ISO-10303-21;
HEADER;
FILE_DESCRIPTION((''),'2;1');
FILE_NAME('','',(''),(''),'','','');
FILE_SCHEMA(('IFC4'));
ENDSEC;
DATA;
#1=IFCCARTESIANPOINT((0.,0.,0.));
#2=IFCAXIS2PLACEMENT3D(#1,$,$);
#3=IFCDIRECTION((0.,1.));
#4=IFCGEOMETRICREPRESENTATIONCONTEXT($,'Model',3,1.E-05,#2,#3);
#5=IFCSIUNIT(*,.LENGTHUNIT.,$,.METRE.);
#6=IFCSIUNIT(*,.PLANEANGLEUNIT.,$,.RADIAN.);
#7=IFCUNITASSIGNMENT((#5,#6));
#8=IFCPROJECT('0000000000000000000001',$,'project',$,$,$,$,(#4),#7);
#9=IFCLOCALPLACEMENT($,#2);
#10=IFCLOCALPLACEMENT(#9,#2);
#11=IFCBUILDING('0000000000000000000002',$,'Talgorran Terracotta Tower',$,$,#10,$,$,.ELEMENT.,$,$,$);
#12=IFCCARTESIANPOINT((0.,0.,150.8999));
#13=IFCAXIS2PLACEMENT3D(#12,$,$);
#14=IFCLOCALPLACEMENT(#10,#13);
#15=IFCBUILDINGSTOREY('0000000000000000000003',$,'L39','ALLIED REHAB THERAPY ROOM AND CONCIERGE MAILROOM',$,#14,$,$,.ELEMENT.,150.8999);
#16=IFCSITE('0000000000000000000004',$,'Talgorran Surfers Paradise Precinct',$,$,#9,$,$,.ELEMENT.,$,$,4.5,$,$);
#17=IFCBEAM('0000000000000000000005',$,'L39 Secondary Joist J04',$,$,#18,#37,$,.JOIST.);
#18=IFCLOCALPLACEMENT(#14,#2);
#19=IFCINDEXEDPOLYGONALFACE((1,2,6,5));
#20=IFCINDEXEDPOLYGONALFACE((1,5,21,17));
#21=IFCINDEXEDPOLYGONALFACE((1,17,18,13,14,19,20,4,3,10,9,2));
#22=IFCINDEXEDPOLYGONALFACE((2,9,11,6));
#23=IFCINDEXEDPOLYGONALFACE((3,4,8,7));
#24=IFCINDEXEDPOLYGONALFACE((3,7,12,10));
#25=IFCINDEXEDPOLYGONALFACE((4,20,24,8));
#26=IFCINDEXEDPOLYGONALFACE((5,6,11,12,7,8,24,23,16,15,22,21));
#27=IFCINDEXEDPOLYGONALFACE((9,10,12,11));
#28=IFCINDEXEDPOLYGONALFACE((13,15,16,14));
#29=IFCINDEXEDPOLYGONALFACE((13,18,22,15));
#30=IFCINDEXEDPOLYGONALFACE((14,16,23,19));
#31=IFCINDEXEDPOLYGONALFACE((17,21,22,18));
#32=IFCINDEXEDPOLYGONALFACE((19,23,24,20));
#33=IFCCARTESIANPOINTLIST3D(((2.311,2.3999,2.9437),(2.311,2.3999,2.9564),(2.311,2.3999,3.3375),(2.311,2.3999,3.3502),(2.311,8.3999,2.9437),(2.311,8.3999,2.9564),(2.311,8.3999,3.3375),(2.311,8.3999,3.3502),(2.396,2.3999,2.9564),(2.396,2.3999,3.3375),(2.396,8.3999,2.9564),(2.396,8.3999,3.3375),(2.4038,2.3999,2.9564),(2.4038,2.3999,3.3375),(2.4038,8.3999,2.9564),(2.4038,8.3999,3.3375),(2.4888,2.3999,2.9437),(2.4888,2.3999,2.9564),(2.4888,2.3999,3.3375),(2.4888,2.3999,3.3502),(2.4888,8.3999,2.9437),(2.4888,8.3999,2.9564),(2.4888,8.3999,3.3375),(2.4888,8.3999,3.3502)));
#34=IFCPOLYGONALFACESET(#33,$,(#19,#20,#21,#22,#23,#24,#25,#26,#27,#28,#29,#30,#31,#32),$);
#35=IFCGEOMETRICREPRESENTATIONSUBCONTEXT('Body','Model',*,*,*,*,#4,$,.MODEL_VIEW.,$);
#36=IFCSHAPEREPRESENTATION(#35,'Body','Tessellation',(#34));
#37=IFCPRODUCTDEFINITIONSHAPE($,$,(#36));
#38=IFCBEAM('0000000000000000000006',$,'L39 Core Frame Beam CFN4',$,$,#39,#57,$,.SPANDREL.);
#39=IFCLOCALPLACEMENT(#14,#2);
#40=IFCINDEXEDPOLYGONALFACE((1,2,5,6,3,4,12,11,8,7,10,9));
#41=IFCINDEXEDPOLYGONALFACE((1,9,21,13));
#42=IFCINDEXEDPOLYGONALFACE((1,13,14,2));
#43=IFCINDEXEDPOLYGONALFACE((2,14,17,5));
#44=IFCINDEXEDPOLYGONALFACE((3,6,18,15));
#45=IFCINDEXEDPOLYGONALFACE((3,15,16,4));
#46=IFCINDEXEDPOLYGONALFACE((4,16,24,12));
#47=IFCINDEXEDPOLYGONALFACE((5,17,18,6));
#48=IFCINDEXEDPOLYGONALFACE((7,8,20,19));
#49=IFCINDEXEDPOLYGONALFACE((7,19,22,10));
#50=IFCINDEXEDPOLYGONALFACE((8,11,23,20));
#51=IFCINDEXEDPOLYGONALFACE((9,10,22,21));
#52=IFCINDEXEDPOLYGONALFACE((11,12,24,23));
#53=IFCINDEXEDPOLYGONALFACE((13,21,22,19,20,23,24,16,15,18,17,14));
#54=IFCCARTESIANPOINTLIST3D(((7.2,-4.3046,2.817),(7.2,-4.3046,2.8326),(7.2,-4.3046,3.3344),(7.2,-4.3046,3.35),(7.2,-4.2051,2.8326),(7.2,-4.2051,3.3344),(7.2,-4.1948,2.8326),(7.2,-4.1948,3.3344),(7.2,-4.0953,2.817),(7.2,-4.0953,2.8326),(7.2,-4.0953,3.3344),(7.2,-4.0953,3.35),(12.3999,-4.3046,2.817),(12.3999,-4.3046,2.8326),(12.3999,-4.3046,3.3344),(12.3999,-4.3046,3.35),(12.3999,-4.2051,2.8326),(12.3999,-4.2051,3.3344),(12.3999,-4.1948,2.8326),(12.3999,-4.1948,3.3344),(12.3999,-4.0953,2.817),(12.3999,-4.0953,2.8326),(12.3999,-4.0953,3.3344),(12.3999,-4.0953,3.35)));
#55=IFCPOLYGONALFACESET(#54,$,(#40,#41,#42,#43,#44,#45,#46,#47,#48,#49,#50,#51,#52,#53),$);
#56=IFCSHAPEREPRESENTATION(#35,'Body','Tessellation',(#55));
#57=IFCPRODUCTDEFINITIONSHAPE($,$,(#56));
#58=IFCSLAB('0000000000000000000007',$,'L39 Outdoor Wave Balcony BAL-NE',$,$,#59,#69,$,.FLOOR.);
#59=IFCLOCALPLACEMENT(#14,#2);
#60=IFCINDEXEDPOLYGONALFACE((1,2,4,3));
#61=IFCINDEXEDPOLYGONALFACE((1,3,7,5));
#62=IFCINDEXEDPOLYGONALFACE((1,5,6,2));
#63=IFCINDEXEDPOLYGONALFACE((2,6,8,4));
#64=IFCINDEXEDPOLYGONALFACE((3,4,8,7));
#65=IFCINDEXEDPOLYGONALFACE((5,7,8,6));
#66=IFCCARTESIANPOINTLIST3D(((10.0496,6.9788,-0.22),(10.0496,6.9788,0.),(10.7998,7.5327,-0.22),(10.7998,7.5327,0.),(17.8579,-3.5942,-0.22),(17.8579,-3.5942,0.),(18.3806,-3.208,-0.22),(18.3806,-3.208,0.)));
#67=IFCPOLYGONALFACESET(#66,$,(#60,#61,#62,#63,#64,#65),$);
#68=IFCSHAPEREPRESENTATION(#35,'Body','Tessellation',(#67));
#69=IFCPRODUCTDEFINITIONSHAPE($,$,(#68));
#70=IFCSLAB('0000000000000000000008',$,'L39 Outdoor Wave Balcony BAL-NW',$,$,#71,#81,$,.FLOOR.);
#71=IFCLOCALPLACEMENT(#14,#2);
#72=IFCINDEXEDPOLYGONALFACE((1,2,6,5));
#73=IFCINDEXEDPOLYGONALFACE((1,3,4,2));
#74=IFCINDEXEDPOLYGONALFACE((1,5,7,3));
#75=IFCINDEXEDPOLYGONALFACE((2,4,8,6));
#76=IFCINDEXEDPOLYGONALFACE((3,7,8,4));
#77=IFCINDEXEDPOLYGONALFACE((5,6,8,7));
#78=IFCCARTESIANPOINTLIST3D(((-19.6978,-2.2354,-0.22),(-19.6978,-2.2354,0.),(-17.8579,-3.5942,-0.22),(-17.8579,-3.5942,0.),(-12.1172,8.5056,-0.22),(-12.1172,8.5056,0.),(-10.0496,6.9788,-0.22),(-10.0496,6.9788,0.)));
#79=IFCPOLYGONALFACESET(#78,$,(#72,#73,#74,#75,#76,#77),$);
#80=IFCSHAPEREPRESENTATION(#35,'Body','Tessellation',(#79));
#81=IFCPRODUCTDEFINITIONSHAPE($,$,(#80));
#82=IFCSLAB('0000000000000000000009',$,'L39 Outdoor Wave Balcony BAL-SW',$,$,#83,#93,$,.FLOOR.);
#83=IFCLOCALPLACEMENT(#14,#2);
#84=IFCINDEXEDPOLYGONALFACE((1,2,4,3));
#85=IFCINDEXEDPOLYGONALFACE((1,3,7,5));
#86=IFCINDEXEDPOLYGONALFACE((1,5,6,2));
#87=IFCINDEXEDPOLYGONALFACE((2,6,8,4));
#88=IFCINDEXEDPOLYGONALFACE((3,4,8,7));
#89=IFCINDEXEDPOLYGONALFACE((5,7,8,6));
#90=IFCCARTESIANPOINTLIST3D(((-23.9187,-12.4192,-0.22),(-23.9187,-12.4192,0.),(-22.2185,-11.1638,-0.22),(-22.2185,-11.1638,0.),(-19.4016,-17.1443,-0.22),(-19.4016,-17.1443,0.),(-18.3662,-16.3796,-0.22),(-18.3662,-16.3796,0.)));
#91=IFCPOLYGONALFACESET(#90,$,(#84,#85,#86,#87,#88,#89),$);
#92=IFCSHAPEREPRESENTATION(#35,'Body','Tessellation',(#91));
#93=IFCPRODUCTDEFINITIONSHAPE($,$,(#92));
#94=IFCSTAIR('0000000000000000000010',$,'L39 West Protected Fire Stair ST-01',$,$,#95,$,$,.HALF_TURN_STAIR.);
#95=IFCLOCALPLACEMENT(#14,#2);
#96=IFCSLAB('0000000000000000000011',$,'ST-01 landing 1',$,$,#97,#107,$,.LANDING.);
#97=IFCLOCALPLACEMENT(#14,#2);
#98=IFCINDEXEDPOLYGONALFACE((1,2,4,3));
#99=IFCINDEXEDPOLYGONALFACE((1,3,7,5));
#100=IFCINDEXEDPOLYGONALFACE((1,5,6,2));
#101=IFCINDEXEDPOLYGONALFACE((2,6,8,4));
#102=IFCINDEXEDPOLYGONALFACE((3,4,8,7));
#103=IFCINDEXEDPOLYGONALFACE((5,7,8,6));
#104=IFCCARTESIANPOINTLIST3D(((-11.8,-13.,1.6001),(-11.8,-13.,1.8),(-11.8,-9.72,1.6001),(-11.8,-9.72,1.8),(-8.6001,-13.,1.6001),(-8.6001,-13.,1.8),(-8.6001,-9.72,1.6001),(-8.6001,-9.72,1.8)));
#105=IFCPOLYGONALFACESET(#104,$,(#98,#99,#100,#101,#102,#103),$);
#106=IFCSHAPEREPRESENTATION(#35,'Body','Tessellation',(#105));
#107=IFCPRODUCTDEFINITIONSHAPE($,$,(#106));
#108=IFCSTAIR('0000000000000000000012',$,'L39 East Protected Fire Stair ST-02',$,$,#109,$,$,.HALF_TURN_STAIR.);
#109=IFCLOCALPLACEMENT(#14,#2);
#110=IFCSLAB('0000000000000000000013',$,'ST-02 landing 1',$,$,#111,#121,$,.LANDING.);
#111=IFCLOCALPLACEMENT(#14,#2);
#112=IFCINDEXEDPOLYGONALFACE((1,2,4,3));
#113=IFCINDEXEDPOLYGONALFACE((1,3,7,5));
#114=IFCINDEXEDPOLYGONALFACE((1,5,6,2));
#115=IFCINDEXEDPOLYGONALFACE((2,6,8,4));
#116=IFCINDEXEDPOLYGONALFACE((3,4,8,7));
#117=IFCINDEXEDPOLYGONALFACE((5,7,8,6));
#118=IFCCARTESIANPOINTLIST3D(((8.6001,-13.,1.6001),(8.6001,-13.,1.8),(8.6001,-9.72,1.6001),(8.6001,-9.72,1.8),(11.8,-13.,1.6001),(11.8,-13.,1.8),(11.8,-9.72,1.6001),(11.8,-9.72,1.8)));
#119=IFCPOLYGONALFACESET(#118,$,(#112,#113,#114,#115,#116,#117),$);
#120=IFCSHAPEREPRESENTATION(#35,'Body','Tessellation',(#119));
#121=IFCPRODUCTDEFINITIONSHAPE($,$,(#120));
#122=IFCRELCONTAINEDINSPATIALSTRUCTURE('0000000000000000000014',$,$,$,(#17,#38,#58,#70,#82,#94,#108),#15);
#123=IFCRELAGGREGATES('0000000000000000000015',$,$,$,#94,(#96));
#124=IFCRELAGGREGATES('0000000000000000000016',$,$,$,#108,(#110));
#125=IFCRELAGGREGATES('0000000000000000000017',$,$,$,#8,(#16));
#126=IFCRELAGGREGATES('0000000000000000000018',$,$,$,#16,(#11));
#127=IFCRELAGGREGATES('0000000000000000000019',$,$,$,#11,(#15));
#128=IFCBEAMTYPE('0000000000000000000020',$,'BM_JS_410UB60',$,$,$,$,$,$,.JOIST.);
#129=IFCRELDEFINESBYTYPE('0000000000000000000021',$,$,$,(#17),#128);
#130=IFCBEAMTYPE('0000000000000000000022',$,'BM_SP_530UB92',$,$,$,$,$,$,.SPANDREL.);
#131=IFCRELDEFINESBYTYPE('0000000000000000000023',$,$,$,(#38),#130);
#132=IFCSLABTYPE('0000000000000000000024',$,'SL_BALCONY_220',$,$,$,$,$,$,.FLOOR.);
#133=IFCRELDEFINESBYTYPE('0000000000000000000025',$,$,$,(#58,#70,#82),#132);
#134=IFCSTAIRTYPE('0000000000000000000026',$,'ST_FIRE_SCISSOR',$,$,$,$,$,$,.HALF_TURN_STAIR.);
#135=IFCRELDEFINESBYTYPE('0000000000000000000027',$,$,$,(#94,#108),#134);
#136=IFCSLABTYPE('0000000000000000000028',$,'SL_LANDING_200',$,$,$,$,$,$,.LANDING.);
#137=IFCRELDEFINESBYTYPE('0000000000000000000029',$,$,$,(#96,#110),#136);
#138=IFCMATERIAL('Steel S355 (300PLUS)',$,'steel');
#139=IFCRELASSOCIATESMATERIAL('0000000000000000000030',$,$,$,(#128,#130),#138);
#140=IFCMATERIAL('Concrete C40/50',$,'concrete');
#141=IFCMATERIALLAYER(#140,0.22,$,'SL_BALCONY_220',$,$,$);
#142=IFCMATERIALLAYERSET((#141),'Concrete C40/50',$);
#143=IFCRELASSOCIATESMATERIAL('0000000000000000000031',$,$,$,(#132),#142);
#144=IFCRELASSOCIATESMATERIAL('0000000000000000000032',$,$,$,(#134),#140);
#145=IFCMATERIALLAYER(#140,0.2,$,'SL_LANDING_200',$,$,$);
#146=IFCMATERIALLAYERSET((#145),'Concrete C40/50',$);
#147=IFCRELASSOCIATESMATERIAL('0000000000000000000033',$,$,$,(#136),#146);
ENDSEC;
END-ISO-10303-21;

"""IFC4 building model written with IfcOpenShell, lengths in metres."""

from ifc_helpers import new_model, si_unit, direction, frame, origin, origin_2d, place, context, subcontext, project, spatial, polyline, i_section, outline, extrude, material, layer, layer_set, material_profile, profile_set, type_object, element, aggregate, save


model = new_model("IFC4")

# Units and contexts
model_context = context("Model", 3, precision=1e-05, world=origin(), true_north=direction((0.0, 1.0)))
body_context = subcontext(model_context, "Body", "Model", "MODEL_VIEW")
ifc_project = project(units=[si_unit("LENGTHUNIT", "METRE"), si_unit("PLANEANGLEUNIT", "RADIAN")], contexts=[model_context])

# Site, building, storey
site_placement = place(None, origin())
site = spatial("IfcSite", under=ifc_project, at=site_placement, Name="Talgorran Surfers Paradise Precinct", CompositionType="ELEMENT", RefElevation=4.5)
building_placement = place(site_placement, origin())
building = spatial("IfcBuilding", under=site, at=building_placement, Name="Talgorran Terracotta Tower", CompositionType="ELEMENT")
storey_placement = place(building_placement, frame((0.0, 0.0, 150.8999)))
storey = spatial("IfcBuildingStorey", under=building, at=storey_placement, Name="L39", Description="ALLIED REHAB THERAPY ROOM AND CONCIERGE MAILROOM", CompositionType="ELEMENT", Elevation=150.8999)

# Shared definitions
ifc_material_1 = material(Name="Steel S355 (300PLUS)", Category="steel")

# Beams
ifc_material_profile_1 = material_profile(ifc_material_1, i_section(OverallWidth=0.1777, OverallDepth=0.4065, WebThickness=0.0078, FlangeThickness=0.0127, at=origin_2d()), Name="410UB59.7")
ifc_profile_set_1 = profile_set([ifc_material_profile_1], Name="Steel S355 (300PLUS)")
beam_type_1 = type_object("IfcBeamType", Name="BM_JS_410UB60", PredefinedType="JOIST", material=ifc_profile_set_1)
beam_1_placement = place(storey_placement, frame((2.3999, 2.3999, 3.147), z_axis=(0.0, 1.0, 0.0), x_axis=(-1.0, 0.0, 0.0)))
element("IfcBeam", 1, at=beam_1_placement, inside=storey, type_object=beam_type_1, Name="L39 Secondary Joist J04", PredefinedType="JOIST", context=body_context, shape_type="SweptSolid", body=[
    extrude(i_section(OverallWidth=0.1777, OverallDepth=0.4065, WebThickness=0.0078, FlangeThickness=0.0127, at=origin_2d()), origin(), (0.0, 0.0, 1.0), 6.0),
])
ifc_material_profile_2 = material_profile(ifc_material_1, i_section(OverallWidth=0.2092, OverallDepth=0.533, WebThickness=0.0103, FlangeThickness=0.0156, at=origin_2d()), Name="530UB92.4")
ifc_profile_set_2 = profile_set([ifc_material_profile_2], Name="Steel S355 (300PLUS)")
beam_type_2 = type_object("IfcBeamType", Name="BM_SP_530UB92", PredefinedType="SPANDREL", material=ifc_profile_set_2)
beam_2_placement = place(storey_placement, frame((7.2, -4.2, 3.0835), z_axis=(1.0, 0.0, 0.0), x_axis=(0.0, 1.0, 0.0)))
element("IfcBeam", 2, at=beam_2_placement, inside=storey, type_object=beam_type_2, Name="L39 Core Frame Beam CFN4", PredefinedType="SPANDREL", context=body_context, shape_type="SweptSolid", body=[
    extrude(i_section(OverallWidth=0.2092, OverallDepth=0.533, WebThickness=0.0103, FlangeThickness=0.0156, at=origin_2d()), origin(), (0.0, 0.0, 1.0), 5.2),
])

# Slabs
ifc_material_2 = material(Name="Concrete C40/50", Category="concrete")
ifc_layer_1 = layer(ifc_material_2, 0.22, Name="SL_BALCONY_220")
ifc_layer_set_1 = layer_set([ifc_layer_1], Name="Concrete C40/50")
slab_type_1 = type_object("IfcSlabType", Name="SL_BALCONY_220", PredefinedType="FLOOR", material=ifc_layer_set_1)
slab_1_placement = place(storey_placement, frame((0.0, 0.0, -0.22)))
element("IfcSlab", 3, at=slab_1_placement, inside=storey, type_object=slab_type_1, Name="L39 Outdoor Wave Balcony BAL-NE", PredefinedType="FLOOR", context=body_context, shape_type="SweptSolid", body=[
    extrude(outline(polyline([(10.0496, 6.9788), (17.8579, -3.5942), (18.3806, -3.208), (10.7998, 7.5327), (10.0496, 6.9788)])), origin(), (0.0, 0.0, 1.0), 0.22),
])
slab_2_placement = place(storey_placement, frame((0.0, 0.0, -0.22)))
element("IfcSlab", 4, at=slab_2_placement, inside=storey, type_object=slab_type_1, Name="L39 Outdoor Wave Balcony BAL-NW", PredefinedType="FLOOR", context=body_context, shape_type="SweptSolid", body=[
    extrude(outline(polyline([(-17.8579, -3.5942), (-10.0496, 6.9788), (-12.1172, 8.5056), (-19.6978, -2.2354), (-17.8579, -3.5942)])), origin(), (0.0, 0.0, 1.0), 0.22),
])
slab_3_placement = place(storey_placement, frame((0.0, 0.0, -0.22)))
element("IfcSlab", 5, at=slab_3_placement, inside=storey, type_object=slab_type_1, Name="L39 Outdoor Wave Balcony BAL-SW", PredefinedType="FLOOR", context=body_context, shape_type="SweptSolid", body=[
    extrude(outline(polyline([(-18.3662, -16.3796), (-22.2185, -11.1638), (-23.9187, -12.4192), (-19.4016, -17.1443), (-18.3662, -16.3796)])), origin(), (0.0, 0.0, 1.0), 0.22),
])

# Stairs, slabs
stair_type = type_object("IfcStairType", Name="ST_FIRE_SCISSOR", PredefinedType="HALF_TURN_STAIR", material=ifc_material_2)
stair_1_placement = place(storey_placement, origin())
stair_1 = element("IfcStair", 6, at=stair_1_placement, inside=storey, type_object=stair_type, Name="L39 West Protected Fire Stair ST-01", PredefinedType="HALF_TURN_STAIR")
ifc_layer_2 = layer(ifc_material_2, 0.2, Name="SL_LANDING_200")
ifc_layer_set_2 = layer_set([ifc_layer_2], Name="Concrete C40/50")
slab_type_2 = type_object("IfcSlabType", Name="SL_LANDING_200", PredefinedType="LANDING", material=ifc_layer_set_2)
slab_4_placement = place(storey_placement, frame((0.0, 0.0, 1.6001)))
slab_4 = element("IfcSlab", 7, at=slab_4_placement, type_object=slab_type_2, Name="ST-01 landing 1", PredefinedType="LANDING", context=body_context, shape_type="SweptSolid", body=[
    extrude(outline(polyline([(-11.8, -9.72), (-11.8, -13.0), (-8.6001, -13.0), (-8.6001, -9.72), (-11.8, -9.72)])), origin(), (0.0, 0.0, 1.0), 0.2),
])
aggregate(stair_1, [slab_4])
stair_2_placement = place(storey_placement, origin())
stair_2 = element("IfcStair", 8, at=stair_2_placement, inside=storey, type_object=stair_type, Name="L39 East Protected Fire Stair ST-02", PredefinedType="HALF_TURN_STAIR")
slab_5_placement = place(storey_placement, frame((0.0, 0.0, 1.6001)))
slab_5 = element("IfcSlab", 9, at=slab_5_placement, type_object=slab_type_2, Name="ST-02 landing 1", PredefinedType="LANDING", context=body_context, shape_type="SweptSolid", body=[
    extrude(outline(polyline([(8.6001, -9.72), (8.6001, -13.0), (11.8, -13.0), (11.8, -9.72), (8.6001, -9.72)])), origin(), (0.0, 0.0, 1.0), 0.2),
])
aggregate(stair_2, [slab_5])

save(model, "model.ifc")
